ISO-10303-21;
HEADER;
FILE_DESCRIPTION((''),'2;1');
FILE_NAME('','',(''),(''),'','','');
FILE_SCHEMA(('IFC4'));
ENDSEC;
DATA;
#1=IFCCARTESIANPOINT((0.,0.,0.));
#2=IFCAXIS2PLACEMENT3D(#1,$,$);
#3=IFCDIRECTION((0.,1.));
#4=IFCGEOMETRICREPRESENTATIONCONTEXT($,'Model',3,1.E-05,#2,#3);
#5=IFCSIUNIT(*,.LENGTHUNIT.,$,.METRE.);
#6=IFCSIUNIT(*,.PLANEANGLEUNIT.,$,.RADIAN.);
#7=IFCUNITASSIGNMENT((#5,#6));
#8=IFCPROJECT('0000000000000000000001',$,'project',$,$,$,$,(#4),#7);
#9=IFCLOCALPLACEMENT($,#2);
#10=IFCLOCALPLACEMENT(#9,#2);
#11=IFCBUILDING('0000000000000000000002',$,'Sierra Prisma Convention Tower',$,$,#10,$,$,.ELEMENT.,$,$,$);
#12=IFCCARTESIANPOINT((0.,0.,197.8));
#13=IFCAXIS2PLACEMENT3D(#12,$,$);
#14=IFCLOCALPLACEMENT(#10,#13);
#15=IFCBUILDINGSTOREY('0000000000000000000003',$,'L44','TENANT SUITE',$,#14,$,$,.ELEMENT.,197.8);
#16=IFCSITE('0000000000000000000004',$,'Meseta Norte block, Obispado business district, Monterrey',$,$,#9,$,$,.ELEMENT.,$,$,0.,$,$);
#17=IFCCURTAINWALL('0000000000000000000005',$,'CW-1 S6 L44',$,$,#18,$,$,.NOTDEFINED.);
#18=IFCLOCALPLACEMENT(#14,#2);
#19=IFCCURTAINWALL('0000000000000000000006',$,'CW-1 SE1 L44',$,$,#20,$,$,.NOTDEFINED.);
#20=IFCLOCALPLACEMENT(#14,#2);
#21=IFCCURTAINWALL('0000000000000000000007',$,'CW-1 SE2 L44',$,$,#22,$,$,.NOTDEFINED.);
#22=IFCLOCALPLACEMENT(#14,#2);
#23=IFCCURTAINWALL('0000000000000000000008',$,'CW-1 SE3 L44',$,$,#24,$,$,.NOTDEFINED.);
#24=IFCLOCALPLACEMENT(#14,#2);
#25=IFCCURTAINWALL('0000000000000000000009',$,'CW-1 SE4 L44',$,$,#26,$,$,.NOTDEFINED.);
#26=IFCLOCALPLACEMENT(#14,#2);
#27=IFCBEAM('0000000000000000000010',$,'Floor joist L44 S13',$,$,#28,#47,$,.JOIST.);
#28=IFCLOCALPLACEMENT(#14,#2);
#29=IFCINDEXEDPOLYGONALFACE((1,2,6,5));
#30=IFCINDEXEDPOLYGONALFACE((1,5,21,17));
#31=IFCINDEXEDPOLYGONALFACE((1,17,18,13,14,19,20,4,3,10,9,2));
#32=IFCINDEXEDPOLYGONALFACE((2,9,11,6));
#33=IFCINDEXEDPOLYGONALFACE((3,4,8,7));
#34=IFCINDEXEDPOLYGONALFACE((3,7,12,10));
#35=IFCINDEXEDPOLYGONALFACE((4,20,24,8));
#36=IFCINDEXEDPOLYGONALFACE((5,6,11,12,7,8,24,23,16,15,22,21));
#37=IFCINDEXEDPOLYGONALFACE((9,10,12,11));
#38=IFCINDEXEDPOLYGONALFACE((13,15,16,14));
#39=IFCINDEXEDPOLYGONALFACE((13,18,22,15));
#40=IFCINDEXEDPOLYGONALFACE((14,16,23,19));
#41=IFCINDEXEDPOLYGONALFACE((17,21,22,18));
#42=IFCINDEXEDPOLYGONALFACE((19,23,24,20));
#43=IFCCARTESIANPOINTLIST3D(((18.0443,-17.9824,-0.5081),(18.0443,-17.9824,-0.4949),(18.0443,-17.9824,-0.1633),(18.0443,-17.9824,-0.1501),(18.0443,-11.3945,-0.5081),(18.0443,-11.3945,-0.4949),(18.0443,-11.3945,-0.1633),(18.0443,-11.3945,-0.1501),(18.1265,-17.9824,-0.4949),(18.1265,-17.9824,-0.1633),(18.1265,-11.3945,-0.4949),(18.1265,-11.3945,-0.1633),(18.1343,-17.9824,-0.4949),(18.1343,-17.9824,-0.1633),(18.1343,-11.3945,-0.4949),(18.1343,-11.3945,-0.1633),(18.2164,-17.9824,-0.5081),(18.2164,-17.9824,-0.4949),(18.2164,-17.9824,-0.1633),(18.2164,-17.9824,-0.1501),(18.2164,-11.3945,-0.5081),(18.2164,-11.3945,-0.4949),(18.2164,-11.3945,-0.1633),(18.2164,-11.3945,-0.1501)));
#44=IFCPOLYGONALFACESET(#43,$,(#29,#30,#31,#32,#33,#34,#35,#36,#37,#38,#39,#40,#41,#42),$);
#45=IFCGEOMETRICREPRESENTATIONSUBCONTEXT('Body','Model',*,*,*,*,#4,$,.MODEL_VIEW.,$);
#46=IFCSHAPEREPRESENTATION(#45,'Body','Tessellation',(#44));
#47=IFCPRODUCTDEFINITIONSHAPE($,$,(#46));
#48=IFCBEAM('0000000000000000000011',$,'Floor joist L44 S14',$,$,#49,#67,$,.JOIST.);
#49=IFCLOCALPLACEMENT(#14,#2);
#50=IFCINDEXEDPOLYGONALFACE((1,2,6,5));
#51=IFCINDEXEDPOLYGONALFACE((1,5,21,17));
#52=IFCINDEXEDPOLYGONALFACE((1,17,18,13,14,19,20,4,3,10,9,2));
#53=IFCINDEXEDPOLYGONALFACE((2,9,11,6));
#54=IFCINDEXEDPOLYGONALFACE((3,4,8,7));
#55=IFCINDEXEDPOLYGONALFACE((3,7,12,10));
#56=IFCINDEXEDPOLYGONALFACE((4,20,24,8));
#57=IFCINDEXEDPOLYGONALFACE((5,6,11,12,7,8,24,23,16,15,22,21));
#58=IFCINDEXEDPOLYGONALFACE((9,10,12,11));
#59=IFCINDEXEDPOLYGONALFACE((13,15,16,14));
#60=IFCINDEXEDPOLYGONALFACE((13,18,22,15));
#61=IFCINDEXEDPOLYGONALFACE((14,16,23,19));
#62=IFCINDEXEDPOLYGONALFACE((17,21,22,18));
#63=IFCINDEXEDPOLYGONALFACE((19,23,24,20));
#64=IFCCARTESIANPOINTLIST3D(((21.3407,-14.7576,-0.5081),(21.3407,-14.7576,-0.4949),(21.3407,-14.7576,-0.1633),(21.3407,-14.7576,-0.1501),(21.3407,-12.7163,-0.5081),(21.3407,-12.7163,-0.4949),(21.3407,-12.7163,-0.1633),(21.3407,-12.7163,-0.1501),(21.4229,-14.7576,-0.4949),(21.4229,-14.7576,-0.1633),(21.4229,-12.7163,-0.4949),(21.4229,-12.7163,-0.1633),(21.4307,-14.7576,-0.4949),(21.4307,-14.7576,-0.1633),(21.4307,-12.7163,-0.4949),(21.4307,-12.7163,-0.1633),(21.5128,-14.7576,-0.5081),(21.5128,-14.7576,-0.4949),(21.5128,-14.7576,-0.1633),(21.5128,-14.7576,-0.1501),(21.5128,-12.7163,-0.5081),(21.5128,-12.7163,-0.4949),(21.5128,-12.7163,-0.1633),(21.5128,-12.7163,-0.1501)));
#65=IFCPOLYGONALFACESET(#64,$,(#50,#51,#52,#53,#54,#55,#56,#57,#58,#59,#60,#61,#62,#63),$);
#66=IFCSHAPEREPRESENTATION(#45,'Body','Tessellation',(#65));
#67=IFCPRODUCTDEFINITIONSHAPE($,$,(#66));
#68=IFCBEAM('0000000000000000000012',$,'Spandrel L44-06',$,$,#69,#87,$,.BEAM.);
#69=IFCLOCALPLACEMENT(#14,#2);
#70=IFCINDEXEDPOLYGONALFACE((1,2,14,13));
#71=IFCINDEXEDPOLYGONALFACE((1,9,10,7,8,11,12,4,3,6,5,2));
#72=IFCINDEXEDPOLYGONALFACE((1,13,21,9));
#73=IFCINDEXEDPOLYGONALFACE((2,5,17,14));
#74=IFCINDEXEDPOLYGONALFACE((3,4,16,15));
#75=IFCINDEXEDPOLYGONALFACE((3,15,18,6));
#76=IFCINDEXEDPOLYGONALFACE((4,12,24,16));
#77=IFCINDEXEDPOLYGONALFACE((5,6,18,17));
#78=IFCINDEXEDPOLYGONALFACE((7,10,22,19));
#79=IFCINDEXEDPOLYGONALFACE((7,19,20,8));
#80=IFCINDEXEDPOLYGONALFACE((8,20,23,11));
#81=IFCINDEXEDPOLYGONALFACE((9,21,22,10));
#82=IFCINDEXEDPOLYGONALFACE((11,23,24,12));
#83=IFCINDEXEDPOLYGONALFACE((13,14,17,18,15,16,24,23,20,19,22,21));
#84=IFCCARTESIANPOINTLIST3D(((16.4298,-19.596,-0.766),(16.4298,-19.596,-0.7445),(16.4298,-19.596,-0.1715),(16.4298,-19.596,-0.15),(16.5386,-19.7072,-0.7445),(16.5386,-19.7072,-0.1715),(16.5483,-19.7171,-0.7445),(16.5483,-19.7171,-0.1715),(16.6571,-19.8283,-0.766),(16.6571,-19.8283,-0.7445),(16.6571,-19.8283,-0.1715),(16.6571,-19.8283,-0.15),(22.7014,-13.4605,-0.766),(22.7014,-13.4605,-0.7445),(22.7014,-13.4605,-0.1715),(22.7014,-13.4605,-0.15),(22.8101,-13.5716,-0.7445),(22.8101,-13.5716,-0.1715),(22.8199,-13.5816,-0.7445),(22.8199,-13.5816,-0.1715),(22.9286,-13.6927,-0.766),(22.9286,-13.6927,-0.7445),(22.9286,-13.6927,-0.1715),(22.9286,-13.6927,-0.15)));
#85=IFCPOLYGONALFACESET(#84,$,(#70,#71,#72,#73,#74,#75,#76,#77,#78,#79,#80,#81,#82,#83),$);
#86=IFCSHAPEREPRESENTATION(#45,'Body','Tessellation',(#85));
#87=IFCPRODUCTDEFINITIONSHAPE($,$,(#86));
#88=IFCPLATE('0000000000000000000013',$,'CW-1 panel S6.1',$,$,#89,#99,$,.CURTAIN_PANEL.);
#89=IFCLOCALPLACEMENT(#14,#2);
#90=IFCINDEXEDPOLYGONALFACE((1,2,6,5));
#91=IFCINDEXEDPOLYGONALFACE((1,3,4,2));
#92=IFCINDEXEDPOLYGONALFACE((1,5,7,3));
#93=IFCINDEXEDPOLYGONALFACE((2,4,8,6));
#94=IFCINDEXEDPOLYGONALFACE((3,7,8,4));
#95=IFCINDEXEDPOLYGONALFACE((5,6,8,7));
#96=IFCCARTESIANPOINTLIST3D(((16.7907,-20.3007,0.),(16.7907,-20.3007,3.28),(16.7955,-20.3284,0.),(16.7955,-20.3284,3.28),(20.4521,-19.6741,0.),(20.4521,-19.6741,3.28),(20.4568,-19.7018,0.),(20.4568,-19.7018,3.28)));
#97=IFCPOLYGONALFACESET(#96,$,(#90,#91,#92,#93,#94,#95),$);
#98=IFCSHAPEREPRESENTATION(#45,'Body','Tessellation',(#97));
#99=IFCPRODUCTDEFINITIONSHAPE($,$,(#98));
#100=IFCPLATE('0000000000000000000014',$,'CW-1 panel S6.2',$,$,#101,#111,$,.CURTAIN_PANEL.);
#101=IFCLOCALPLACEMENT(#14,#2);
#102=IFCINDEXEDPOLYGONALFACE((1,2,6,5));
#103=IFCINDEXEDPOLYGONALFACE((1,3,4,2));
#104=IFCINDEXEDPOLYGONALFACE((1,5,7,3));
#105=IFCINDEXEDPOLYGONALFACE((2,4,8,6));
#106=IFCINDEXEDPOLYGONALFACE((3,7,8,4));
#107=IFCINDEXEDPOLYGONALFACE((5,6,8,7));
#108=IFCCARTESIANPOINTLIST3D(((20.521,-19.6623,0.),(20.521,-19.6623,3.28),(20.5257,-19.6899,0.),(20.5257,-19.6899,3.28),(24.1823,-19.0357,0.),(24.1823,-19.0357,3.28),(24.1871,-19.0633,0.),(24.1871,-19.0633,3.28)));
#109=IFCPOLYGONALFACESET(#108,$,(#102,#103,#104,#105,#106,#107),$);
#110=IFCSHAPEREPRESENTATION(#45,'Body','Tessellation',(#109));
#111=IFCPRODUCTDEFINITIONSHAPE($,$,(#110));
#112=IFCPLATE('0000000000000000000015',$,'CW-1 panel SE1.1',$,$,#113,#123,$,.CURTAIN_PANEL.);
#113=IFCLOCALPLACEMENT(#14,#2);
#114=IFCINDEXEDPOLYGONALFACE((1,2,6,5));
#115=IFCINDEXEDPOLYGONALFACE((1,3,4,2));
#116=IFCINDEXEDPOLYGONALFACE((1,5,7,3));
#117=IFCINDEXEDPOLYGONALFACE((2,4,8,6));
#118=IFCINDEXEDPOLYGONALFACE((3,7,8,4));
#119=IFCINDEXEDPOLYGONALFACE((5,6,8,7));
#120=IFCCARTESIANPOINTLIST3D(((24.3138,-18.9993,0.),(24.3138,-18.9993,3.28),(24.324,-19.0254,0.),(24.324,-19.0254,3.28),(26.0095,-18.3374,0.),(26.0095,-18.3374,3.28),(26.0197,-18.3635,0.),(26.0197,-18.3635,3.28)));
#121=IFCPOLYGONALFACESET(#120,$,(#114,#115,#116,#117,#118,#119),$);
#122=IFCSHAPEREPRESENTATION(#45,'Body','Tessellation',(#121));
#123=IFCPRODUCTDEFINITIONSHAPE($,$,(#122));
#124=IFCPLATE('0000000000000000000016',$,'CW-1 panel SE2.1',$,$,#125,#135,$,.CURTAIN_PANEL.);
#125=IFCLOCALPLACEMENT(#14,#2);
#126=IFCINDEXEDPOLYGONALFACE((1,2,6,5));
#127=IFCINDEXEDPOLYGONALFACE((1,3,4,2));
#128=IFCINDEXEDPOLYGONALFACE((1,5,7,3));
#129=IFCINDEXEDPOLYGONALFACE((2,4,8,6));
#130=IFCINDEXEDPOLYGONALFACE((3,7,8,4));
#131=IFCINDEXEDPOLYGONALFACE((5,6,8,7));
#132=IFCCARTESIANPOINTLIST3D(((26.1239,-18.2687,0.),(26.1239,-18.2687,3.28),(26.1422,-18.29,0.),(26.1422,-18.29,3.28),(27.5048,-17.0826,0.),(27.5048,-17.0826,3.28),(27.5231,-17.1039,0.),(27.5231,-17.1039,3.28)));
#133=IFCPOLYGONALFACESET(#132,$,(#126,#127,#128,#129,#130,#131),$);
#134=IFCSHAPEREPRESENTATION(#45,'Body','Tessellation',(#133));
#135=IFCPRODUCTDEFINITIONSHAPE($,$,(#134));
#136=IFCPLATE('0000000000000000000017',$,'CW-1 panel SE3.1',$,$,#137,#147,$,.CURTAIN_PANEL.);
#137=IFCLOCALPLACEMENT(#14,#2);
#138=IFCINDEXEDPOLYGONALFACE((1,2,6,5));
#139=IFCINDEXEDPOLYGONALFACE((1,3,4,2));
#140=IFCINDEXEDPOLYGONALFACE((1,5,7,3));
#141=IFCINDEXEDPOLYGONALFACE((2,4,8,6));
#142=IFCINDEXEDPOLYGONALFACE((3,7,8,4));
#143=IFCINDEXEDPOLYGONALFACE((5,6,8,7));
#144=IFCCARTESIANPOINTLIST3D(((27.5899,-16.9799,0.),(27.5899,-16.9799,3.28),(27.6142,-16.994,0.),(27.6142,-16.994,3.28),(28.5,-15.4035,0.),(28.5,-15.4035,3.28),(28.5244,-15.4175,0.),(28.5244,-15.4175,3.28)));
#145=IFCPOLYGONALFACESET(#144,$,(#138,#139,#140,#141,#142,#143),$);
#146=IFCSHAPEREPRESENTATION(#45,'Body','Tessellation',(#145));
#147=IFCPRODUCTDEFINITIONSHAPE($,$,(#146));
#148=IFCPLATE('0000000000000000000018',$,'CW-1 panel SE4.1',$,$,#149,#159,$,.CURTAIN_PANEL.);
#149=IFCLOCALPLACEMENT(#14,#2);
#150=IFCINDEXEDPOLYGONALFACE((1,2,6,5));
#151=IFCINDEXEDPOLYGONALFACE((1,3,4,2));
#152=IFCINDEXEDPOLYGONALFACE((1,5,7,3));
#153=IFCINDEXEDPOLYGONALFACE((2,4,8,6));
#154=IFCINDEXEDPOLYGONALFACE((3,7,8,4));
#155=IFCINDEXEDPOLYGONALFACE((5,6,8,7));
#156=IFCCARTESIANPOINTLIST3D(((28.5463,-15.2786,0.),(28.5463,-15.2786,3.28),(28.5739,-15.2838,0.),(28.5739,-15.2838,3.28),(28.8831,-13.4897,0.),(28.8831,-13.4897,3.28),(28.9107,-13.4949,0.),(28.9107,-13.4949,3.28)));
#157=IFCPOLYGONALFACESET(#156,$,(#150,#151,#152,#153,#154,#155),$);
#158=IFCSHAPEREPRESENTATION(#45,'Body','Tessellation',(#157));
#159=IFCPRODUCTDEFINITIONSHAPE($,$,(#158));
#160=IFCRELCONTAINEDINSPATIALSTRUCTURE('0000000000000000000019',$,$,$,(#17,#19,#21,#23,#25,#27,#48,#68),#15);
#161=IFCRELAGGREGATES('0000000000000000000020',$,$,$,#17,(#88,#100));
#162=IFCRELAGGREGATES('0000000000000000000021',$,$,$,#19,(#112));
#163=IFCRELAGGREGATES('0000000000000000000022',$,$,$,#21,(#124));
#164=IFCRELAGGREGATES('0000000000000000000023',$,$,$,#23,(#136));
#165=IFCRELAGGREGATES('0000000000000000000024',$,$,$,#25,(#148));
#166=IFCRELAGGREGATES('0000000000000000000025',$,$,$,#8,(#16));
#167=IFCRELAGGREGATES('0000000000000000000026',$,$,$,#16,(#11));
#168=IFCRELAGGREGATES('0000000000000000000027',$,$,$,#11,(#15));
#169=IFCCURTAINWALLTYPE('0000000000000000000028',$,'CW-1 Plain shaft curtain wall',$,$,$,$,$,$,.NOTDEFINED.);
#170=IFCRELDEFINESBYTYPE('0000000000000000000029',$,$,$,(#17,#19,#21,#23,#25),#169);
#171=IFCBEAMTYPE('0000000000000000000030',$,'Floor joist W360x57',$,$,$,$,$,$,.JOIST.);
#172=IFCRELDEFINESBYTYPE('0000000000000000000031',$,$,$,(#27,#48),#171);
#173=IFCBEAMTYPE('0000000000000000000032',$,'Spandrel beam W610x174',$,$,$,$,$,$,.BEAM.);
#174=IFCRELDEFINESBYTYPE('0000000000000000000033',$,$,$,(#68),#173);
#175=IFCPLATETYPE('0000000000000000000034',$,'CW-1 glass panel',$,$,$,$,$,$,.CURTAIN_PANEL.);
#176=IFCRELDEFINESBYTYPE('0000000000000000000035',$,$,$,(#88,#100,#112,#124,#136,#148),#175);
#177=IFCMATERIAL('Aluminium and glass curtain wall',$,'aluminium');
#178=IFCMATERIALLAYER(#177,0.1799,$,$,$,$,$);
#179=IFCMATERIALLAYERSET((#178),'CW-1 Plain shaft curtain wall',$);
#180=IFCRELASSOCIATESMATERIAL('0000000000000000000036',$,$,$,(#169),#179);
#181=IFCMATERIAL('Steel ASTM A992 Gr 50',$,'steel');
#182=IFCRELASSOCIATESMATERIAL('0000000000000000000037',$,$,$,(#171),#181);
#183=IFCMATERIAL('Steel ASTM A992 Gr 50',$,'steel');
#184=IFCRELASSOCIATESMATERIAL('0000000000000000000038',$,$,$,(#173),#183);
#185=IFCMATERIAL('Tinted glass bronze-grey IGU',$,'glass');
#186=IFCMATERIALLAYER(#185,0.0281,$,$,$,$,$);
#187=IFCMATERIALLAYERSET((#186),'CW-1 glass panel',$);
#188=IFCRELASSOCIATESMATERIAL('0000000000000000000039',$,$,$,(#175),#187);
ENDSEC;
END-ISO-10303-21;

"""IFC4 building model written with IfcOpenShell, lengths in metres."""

from ifc_helpers import new_model, si_unit, direction, frame, origin, origin_2d, place, context, subcontext, project, spatial, rectangle, i_section, extrude, material, layer, layer_set, material_profile, profile_set, type_object, element, aggregate, save


model = new_model("IFC4")

# Units and contexts
model_context = context("Model", 3, precision=1e-05, world=origin(), true_north=direction((0.0, 1.0)))
body_context = subcontext(model_context, "Body", "Model", "MODEL_VIEW")
ifc_project = project(units=[si_unit("LENGTHUNIT", "METRE"), si_unit("PLANEANGLEUNIT", "RADIAN")], contexts=[model_context])

# Site, building, storey
site_placement = place(None, origin())
site = spatial("IfcSite", under=ifc_project, at=site_placement, Name="Meseta Norte block, Obispado business district, Monterrey", CompositionType="ELEMENT", RefElevation=0.0)
building_placement = place(site_placement, origin())
building = spatial("IfcBuilding", under=site, at=building_placement, Name="Sierra Prisma Convention Tower", CompositionType="ELEMENT")
storey_placement = place(building_placement, frame((0.0, 0.0, 197.8)))
storey = spatial("IfcBuildingStorey", under=building, at=storey_placement, Name="L44", Description="TENANT SUITE", CompositionType="ELEMENT", Elevation=197.8)

# Curtain walls
ifc_material_1 = material(Name="Aluminium and glass curtain wall", Category="aluminium")
ifc_layer_1 = layer(ifc_material_1, 0.1799)
ifc_layer_set_1 = layer_set([ifc_layer_1], Name="CW-1 Plain shaft curtain wall")
curtain_wall_type = type_object("IfcCurtainWallType", Name="CW-1 Plain shaft curtain wall", PredefinedType="NOTDEFINED", material=ifc_layer_set_1)
curtain_wall_1_placement = place(storey_placement, origin())
curtain_wall_1 = element("IfcCurtainWall", 1, at=curtain_wall_1_placement, inside=storey, type_object=curtain_wall_type, Name="CW-1 S6 L44", PredefinedType="NOTDEFINED")
curtain_wall_2_placement = place(storey_placement, origin())
curtain_wall_2 = element("IfcCurtainWall", 2, at=curtain_wall_2_placement, inside=storey, type_object=curtain_wall_type, Name="CW-1 SE1 L44", PredefinedType="NOTDEFINED")
curtain_wall_3_placement = place(storey_placement, origin())
curtain_wall_3 = element("IfcCurtainWall", 3, at=curtain_wall_3_placement, inside=storey, type_object=curtain_wall_type, Name="CW-1 SE2 L44", PredefinedType="NOTDEFINED")
curtain_wall_4_placement = place(storey_placement, origin())
curtain_wall_4 = element("IfcCurtainWall", 4, at=curtain_wall_4_placement, inside=storey, type_object=curtain_wall_type, Name="CW-1 SE3 L44", PredefinedType="NOTDEFINED")
curtain_wall_5_placement = place(storey_placement, origin())
curtain_wall_5 = element("IfcCurtainWall", 5, at=curtain_wall_5_placement, inside=storey, type_object=curtain_wall_type, Name="CW-1 SE4 L44", PredefinedType="NOTDEFINED")

# Beams
ifc_material_2 = material(Name="Steel ASTM A992 Gr 50", Category="steel")
ifc_material_profile_1 = material_profile(ifc_material_2, i_section(OverallWidth=0.1721, OverallDepth=0.3579, WebThickness=0.0078, FlangeThickness=0.0132, at=origin_2d()), Name="W360x57")
ifc_profile_set_1 = profile_set([ifc_material_profile_1], Name="Steel ASTM A992 Gr 50")
beam_type_1 = type_object("IfcBeamType", Name="Floor joist W360x57", PredefinedType="JOIST", material=ifc_profile_set_1)
beam_1_placement = place(storey_placement, frame((18.1304, -17.9824, -0.3291), z_axis=(0.0, 1.0, 0.0), x_axis=(-1.0, 0.0, 0.0)))
element("IfcBeam", 6, at=beam_1_placement, inside=storey, type_object=beam_type_1, Name="Floor joist L44 S13", PredefinedType="JOIST", context=body_context, shape_type="SweptSolid", body=[
    extrude(i_section(OverallWidth=0.1721, OverallDepth=0.3579, WebThickness=0.0078, FlangeThickness=0.0132, at=origin_2d()), origin(), (0.0, 0.0, 1.0), 6.5879),
])
beam_2_placement = place(storey_placement, frame((21.4268, -14.7576, -0.3291), z_axis=(0.0, 1.0, 0.0), x_axis=(-1.0, 0.0, 0.0)))
element("IfcBeam", 7, at=beam_2_placement, inside=storey, type_object=beam_type_1, Name="Floor joist L44 S14", PredefinedType="JOIST", context=body_context, shape_type="SweptSolid", body=[
    extrude(i_section(OverallWidth=0.1721, OverallDepth=0.3579, WebThickness=0.0078, FlangeThickness=0.0132, at=origin_2d()), origin(), (0.0, 0.0, 1.0), 2.0413),
])
ifc_material_3 = material(Name="Steel ASTM A992 Gr 50", Category="steel")
ifc_material_profile_2 = material_profile(ifc_material_3, i_section(OverallWidth=0.325, OverallDepth=0.616, WebThickness=0.0139, FlangeThickness=0.0215, at=origin_2d()), Name="W610x174")
ifc_profile_set_2 = profile_set([ifc_material_profile_2], Name="Steel ASTM A992 Gr 50")
beam_type_2 = type_object("IfcBeamType", Name="Spandrel beam W610x174", PredefinedType="BEAM", material=ifc_profile_set_2)
beam_3_placement = place(storey_placement, frame((16.5435, -19.7122, -0.458), z_axis=(0.714814, 0.699315, 0.0), x_axis=(-0.699315, 0.714814, 0.0)))
element("IfcBeam", 8, at=beam_3_placement, inside=storey, type_object=beam_type_2, Name="Spandrel L44-06", PredefinedType="BEAM", context=body_context, shape_type="SweptSolid", body=[
    extrude(i_section(OverallWidth=0.325, OverallDepth=0.616, WebThickness=0.0139, FlangeThickness=0.0215, at=origin_2d()), origin(), (0.0, 0.0, 1.0), 8.7737),
])

# Plates
ifc_material_4 = material(Name="Tinted glass bronze-grey IGU", Category="glass")
ifc_layer_2 = layer(ifc_material_4, 0.0281)
ifc_layer_set_2 = layer_set([ifc_layer_2], Name="CW-1 glass panel")
plate_type = type_object("IfcPlateType", Name="CW-1 glass panel", PredefinedType="CURTAIN_PANEL", material=ifc_layer_set_2)
plate_1_placement = place(storey_placement, frame((18.6238, -20.0012, 0.0), z_axis=(0.0, 0.0, 1.0), x_axis=(0.98567, 0.168687, 0.0)))
plate_1 = element("IfcPlate", 9, at=plate_1_placement, type_object=plate_type, Name="CW-1 panel S6.1", PredefinedType="CURTAIN_PANEL", context=body_context, shape_type="SweptSolid", body=[
    extrude(rectangle(XDim=3.7146, YDim=0.0281, at=origin_2d()), origin(), (0.0, 0.0, 1.0), 3.28),
])
plate_2_placement = place(storey_placement, frame((22.354, -19.3628, 0.0), z_axis=(0.0, 0.0, 1.0), x_axis=(0.98567, 0.168687, 0.0)))
plate_2 = element("IfcPlate", 10, at=plate_2_placement, type_object=plate_type, Name="CW-1 panel S6.2", PredefinedType="CURTAIN_PANEL", context=body_context, shape_type="SweptSolid", body=[
    extrude(rectangle(XDim=3.7146, YDim=0.0281, at=origin_2d()), origin(), (0.0, 0.0, 1.0), 3.28),
])
aggregate(curtain_wall_1, [plate_1, plate_2])
plate_3_placement = place(storey_placement, frame((25.1667, -18.6814, 0.0), z_axis=(0.0, 0.0, 1.0), x_axis=(0.931545, 0.363626, 0.0)))
plate_3 = element("IfcPlate", 11, at=plate_3_placement, type_object=plate_type, Name="CW-1 panel SE1.1", PredefinedType="CURTAIN_PANEL", context=body_context, shape_type="SweptSolid", body=[
    extrude(rectangle(XDim=1.8203, YDim=0.0281, at=origin_2d()), origin(), (0.0, 0.0, 1.0), 3.28),
])
aggregate(curtain_wall_2, [plate_3])
plate_4_placement = place(storey_placement, frame((26.8235, -17.6863, 0.0), z_axis=(0.0, 0.0, 1.0), x_axis=(0.758572, 0.651589, 0.0)))
plate_4 = element("IfcPlate", 12, at=plate_4_placement, type_object=plate_type, Name="CW-1 panel SE2.1", PredefinedType="CURTAIN_PANEL", context=body_context, shape_type="SweptSolid", body=[
    extrude(rectangle(XDim=1.8203, YDim=0.0281, at=origin_2d()), origin(), (0.0, 0.0, 1.0), 3.28),
])
aggregate(curtain_wall_3, [plate_4])
plate_5_placement = place(storey_placement, frame((28.0571, -16.1987, 0.0), z_axis=(0.0, 0.0, 1.0), x_axis=(0.5, 0.866025, 0.0)))
plate_5 = element("IfcPlate", 13, at=plate_5_placement, type_object=plate_type, Name="CW-1 panel SE3.1", PredefinedType="CURTAIN_PANEL", context=body_context, shape_type="SweptSolid", body=[
    extrude(rectangle(XDim=1.8203, YDim=0.0281, at=origin_2d()), origin(), (0.0, 0.0, 1.0), 3.28),
])
aggregate(curtain_wall_4, [plate_5])
plate_6_placement = place(storey_placement, frame((28.7285, -14.3867, 0.0), z_axis=(0.0, 0.0, 1.0), x_axis=(0.185007, 0.982737, 0.0)))
plate_6 = element("IfcPlate", 14, at=plate_6_placement, type_object=plate_type, Name="CW-1 panel SE4.1", PredefinedType="CURTAIN_PANEL", context=body_context, shape_type="SweptSolid", body=[
    extrude(rectangle(XDim=1.8203, YDim=0.0281, at=origin_2d()), origin(), (0.0, 0.0, 1.0), 3.28),
])
aggregate(curtain_wall_5, [plate_6])

save(model, "model.ifc")
